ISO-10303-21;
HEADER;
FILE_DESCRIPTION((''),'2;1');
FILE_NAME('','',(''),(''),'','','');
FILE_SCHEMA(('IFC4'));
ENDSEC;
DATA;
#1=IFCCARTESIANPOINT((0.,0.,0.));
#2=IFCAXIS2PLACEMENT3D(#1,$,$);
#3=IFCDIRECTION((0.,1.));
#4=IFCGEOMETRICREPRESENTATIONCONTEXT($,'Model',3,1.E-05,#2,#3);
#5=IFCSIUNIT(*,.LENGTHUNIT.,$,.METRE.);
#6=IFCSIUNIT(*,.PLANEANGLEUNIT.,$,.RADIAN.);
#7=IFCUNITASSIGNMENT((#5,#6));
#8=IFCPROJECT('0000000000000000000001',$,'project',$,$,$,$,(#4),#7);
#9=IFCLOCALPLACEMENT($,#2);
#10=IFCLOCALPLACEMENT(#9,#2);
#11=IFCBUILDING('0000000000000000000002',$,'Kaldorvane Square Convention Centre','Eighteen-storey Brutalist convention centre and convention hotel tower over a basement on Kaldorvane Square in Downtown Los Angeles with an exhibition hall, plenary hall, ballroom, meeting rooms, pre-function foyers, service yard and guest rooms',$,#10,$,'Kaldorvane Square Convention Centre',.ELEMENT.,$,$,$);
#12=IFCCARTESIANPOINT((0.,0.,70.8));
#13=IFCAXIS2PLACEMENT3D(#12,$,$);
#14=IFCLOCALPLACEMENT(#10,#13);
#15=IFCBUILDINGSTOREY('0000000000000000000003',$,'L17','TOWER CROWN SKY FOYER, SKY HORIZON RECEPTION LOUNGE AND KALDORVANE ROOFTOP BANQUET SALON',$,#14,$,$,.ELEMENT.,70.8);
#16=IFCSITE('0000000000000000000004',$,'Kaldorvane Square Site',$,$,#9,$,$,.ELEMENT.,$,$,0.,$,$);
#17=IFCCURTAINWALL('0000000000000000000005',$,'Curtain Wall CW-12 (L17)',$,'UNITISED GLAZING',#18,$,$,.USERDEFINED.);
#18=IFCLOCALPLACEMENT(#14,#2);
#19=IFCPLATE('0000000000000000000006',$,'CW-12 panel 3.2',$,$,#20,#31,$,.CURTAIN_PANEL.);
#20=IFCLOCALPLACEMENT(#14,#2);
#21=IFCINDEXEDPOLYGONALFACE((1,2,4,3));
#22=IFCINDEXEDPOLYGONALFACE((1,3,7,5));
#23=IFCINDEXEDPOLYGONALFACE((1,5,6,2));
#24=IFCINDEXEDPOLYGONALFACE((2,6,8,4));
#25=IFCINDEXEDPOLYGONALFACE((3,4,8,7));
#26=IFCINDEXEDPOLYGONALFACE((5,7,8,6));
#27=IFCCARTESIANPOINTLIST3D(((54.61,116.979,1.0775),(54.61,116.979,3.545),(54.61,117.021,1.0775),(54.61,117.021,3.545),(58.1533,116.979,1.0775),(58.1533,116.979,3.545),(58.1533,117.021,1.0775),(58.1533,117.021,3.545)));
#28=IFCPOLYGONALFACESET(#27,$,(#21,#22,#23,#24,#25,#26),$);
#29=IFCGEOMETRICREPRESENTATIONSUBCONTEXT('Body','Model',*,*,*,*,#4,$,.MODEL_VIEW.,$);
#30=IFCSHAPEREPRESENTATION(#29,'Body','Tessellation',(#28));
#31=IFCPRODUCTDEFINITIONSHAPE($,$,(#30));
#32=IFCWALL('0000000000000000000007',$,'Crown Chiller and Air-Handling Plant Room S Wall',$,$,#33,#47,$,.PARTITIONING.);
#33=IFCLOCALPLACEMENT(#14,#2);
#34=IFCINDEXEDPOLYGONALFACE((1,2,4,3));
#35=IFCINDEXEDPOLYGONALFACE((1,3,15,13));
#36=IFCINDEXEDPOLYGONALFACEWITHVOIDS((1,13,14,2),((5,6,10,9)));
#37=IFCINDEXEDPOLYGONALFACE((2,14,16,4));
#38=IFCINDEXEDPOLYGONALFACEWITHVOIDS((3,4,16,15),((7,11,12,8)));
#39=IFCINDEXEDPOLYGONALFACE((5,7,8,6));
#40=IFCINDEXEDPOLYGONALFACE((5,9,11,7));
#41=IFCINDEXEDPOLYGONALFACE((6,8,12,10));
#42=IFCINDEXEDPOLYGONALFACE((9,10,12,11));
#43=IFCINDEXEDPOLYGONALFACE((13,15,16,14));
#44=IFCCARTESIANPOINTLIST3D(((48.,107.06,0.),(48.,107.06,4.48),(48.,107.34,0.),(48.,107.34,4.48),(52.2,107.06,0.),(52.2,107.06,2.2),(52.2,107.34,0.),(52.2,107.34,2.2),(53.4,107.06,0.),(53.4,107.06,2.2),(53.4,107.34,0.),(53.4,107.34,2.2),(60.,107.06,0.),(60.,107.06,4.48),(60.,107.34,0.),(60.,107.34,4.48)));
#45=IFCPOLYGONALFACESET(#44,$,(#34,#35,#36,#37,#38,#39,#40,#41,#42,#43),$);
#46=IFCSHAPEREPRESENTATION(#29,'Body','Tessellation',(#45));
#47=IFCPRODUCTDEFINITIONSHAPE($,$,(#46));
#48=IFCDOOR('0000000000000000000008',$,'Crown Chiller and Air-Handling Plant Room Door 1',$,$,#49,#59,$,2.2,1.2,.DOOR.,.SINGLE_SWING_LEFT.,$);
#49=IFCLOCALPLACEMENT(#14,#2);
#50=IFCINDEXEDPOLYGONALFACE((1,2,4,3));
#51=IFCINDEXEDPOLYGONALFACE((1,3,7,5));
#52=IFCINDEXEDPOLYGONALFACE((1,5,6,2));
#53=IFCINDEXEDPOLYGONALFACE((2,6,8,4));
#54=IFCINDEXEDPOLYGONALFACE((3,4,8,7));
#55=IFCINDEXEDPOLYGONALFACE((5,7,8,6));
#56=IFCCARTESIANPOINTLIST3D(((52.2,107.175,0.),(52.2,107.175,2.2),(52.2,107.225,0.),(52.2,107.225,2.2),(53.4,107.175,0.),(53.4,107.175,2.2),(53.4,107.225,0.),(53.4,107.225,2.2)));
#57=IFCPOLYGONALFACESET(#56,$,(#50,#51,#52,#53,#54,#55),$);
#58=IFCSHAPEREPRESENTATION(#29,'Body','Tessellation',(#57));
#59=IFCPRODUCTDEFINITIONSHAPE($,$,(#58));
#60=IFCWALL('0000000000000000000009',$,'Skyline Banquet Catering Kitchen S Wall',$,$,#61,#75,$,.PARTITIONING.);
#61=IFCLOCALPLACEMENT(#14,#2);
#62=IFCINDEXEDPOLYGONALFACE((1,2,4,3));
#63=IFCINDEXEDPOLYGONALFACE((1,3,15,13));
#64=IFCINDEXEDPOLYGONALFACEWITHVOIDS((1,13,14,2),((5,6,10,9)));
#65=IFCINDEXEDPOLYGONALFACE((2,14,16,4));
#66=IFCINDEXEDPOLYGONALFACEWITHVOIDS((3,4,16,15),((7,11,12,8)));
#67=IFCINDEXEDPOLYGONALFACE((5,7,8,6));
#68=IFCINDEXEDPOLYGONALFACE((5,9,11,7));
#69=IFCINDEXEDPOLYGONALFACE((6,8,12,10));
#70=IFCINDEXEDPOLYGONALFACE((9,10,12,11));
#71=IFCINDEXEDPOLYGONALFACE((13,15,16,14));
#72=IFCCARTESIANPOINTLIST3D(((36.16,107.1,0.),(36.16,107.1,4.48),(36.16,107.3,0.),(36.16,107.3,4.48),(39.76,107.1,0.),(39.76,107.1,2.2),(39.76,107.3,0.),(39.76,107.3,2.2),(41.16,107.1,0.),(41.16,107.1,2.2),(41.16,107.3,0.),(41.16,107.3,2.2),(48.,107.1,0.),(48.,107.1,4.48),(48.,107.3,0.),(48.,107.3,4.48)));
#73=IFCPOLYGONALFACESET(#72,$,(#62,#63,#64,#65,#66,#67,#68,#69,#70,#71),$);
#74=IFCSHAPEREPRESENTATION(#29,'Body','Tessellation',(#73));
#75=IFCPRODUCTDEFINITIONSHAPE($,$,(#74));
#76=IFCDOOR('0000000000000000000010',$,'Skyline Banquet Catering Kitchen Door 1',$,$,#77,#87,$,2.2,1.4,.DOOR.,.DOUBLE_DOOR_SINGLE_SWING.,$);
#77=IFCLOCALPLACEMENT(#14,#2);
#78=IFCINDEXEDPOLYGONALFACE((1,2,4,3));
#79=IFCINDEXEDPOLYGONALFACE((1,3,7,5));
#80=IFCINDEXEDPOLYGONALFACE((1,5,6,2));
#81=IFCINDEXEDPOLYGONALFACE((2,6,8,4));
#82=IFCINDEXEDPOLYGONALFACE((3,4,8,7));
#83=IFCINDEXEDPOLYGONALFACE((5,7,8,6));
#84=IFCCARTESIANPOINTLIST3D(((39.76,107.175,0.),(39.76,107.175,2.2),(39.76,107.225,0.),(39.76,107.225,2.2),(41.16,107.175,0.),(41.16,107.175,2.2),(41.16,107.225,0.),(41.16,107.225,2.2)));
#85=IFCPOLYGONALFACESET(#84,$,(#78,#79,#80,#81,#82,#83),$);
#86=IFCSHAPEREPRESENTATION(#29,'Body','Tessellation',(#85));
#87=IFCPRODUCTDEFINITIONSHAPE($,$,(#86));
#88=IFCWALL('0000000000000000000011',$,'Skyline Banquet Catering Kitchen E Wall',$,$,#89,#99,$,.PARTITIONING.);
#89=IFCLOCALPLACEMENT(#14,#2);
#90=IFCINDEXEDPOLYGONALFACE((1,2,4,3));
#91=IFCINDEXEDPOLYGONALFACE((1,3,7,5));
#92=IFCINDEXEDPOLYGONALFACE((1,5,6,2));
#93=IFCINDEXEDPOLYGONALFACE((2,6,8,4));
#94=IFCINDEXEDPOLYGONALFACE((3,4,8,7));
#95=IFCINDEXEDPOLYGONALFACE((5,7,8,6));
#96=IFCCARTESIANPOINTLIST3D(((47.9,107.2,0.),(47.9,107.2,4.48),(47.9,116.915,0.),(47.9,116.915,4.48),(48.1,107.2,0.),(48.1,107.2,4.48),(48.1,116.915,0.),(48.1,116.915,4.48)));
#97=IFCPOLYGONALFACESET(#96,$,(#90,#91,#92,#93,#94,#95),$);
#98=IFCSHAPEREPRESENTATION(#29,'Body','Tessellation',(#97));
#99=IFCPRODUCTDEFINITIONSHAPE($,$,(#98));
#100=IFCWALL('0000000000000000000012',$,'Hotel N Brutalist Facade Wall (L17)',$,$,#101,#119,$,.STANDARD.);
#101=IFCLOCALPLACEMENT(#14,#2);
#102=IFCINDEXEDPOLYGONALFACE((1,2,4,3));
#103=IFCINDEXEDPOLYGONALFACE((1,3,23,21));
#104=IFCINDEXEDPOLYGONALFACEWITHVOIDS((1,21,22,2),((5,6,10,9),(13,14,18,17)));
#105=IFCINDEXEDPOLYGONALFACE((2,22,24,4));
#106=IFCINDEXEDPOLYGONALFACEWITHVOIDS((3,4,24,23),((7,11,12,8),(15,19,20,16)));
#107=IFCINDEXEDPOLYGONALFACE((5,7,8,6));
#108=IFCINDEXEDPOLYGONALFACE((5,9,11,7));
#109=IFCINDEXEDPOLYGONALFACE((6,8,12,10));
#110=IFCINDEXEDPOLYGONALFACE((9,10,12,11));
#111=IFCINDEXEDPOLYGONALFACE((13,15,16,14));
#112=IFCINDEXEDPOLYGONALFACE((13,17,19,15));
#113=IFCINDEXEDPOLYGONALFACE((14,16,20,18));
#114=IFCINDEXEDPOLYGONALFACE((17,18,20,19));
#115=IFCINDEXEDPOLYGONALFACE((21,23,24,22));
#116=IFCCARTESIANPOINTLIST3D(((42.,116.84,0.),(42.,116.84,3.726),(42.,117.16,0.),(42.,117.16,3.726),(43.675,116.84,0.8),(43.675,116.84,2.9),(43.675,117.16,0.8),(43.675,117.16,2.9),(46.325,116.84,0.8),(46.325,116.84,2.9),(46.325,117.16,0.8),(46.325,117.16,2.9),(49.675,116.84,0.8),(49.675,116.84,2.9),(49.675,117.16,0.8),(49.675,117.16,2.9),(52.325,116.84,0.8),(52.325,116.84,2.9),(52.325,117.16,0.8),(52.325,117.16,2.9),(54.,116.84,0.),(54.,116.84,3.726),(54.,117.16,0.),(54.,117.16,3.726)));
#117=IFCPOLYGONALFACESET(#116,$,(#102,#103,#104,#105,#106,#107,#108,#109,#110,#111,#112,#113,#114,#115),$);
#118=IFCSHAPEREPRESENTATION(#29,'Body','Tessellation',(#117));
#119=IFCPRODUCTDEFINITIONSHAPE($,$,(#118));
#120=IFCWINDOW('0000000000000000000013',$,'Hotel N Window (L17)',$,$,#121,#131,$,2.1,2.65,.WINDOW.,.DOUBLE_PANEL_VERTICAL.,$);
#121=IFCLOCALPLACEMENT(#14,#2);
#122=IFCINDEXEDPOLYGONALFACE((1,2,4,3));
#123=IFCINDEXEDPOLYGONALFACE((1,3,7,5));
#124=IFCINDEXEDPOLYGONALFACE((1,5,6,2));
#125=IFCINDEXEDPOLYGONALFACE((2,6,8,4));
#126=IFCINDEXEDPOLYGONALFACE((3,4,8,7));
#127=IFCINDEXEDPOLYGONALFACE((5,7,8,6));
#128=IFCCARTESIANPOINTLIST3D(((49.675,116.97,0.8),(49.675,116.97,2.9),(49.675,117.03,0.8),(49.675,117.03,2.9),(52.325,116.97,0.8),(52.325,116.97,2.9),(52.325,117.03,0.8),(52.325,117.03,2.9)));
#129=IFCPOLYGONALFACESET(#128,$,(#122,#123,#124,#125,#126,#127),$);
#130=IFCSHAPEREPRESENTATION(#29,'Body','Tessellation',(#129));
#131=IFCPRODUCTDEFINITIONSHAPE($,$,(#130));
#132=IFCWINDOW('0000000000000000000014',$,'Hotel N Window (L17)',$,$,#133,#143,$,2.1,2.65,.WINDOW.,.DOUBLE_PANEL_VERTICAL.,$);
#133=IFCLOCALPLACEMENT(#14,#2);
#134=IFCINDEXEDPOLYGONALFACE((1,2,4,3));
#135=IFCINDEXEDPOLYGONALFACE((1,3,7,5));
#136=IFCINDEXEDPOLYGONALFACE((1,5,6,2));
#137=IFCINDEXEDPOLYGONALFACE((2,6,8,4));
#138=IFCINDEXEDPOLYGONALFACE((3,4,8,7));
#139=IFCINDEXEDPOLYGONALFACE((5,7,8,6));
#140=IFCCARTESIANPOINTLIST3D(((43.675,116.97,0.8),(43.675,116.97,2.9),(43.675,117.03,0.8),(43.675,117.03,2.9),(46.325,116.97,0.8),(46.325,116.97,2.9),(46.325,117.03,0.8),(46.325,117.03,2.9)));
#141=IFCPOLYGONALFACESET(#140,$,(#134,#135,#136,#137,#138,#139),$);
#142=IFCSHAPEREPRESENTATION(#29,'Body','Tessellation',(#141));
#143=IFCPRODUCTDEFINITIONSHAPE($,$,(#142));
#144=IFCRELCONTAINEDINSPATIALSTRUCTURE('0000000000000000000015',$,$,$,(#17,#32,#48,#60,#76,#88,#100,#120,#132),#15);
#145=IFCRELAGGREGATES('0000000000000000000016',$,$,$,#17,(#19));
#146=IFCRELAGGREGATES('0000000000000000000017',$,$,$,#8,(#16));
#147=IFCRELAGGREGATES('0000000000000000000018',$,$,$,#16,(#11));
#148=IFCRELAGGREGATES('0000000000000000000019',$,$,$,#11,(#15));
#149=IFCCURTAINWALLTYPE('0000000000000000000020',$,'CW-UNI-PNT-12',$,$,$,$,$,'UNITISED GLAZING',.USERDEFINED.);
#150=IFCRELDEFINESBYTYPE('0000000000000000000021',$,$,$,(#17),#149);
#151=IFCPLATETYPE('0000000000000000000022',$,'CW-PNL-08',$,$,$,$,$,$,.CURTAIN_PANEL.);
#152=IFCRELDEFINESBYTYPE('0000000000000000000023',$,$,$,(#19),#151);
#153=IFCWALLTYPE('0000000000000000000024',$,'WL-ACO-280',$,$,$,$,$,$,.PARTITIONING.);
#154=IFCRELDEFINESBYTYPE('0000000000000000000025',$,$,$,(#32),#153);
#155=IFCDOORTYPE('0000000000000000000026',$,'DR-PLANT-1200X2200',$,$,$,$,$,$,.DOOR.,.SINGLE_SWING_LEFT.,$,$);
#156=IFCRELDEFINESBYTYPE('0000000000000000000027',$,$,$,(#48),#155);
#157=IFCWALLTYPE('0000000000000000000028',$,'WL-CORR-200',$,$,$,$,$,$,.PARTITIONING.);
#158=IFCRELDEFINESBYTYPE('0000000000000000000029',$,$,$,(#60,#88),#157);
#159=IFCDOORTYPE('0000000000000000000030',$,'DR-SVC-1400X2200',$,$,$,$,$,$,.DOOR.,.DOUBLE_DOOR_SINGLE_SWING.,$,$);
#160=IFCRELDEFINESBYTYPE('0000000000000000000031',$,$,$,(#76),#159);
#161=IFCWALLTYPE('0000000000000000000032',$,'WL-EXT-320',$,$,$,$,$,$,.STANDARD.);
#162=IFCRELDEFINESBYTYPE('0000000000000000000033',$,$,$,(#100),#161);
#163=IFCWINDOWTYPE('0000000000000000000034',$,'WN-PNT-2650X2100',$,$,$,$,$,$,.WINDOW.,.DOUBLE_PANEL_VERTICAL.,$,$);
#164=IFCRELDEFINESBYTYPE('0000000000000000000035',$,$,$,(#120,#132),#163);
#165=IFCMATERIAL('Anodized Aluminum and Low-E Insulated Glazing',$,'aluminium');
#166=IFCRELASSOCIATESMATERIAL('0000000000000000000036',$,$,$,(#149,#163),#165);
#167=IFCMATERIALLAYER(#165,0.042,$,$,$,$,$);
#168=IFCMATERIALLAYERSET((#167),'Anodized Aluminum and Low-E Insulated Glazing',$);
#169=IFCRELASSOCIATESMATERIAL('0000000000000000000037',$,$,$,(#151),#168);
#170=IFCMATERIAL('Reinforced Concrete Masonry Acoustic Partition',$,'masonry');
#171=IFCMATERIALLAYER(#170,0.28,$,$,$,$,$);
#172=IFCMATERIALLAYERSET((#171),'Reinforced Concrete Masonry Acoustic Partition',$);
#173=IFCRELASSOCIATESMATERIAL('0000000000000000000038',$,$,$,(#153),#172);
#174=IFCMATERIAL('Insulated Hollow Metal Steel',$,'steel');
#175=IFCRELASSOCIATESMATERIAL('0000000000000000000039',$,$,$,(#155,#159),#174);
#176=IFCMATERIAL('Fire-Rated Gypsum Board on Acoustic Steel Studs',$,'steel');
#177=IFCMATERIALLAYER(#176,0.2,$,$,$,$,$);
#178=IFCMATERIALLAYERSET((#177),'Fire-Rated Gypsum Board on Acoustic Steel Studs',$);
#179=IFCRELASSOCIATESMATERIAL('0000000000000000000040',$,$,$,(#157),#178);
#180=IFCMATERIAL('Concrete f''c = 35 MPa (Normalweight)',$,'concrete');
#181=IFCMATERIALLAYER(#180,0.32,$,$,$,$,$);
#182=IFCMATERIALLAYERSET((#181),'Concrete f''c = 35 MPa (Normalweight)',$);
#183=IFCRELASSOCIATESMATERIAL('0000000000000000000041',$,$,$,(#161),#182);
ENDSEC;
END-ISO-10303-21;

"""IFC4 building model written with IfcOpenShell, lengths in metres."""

from ifc_helpers import new_model, si_unit, direction, frame, frame_2d, origin, origin_2d, place, context, subcontext, project, spatial, rectangle, extrude, material, layer, layer_set, type_object, element, fill, aggregate, save


model = new_model("IFC4")

# Units and contexts
model_context = context("Model", 3, precision=1e-05, world=origin(), true_north=direction((0.0, 1.0)))
body_context = subcontext(model_context, "Body", "Model", "MODEL_VIEW")
ifc_project = project(units=[si_unit("LENGTHUNIT", "METRE"), si_unit("PLANEANGLEUNIT", "RADIAN")], contexts=[model_context])

# Site, building, storey
site_placement = place(None, origin())
site = spatial("IfcSite", under=ifc_project, at=site_placement, Name="Kaldorvane Square Site", CompositionType="ELEMENT", RefElevation=0.0)
building_placement = place(site_placement, origin())
building = spatial("IfcBuilding", under=site, at=building_placement, Name="Kaldorvane Square Convention Centre", Description="Eighteen-storey Brutalist convention centre and convention hotel tower over a basement on Kaldorvane Square in Downtown Los Angeles with an exhibition hall, plenary hall, ballroom, meeting rooms, pre-function foyers, service yard and guest rooms", LongName="Kaldorvane Square Convention Centre", CompositionType="ELEMENT")
storey_placement = place(building_placement, frame((0.0, 0.0, 70.8)))
storey = spatial("IfcBuildingStorey", under=building, at=storey_placement, Name="L17", Description="TOWER CROWN SKY FOYER, SKY HORIZON RECEPTION LOUNGE AND KALDORVANE ROOFTOP BANQUET SALON", CompositionType="ELEMENT", Elevation=70.8)

# Shared definitions
ifc_material_1 = material(Name="Anodized Aluminum and Low-E Insulated Glazing", Category="aluminium")

# Curtain wall
curtain_wall_type_1 = type_object("IfcCurtainWallType", Name="CW-UNI-PNT-12", ElementType="UNITISED GLAZING", PredefinedType="USERDEFINED", material=ifc_material_1)
curtain_wall_1_placement = place(storey_placement, origin())
curtain_wall_1 = element("IfcCurtainWall", 1, at=curtain_wall_1_placement, inside=storey, type_object=curtain_wall_type_1, Name="Curtain Wall CW-12 (L17)", ObjectType="UNITISED GLAZING", PredefinedType="USERDEFINED")

# Plate
ifc_layer_1 = layer(ifc_material_1, 0.042)
ifc_layer_set_1 = layer_set([ifc_layer_1], Name="Anodized Aluminum and Low-E Insulated Glazing")
plate_type = type_object("IfcPlateType", Name="CW-PNL-08", PredefinedType="CURTAIN_PANEL", material=ifc_layer_set_1)
plate_1_placement = place(storey_placement, frame((56.3817, 117.0, 1.0775), z_axis=(0.0, 0.0, 1.0), x_axis=(-1.0, 0.0, 0.0)))
plate_1 = element("IfcPlate", 2, at=plate_1_placement, type_object=plate_type, Name="CW-12 panel 3.2", PredefinedType="CURTAIN_PANEL", context=body_context, shape_type="SweptSolid", body=[
    extrude(rectangle(XDim=3.5433, YDim=0.042, at=origin_2d()), origin(), (0.0, 0.0, 1.0), 2.4675),
])
aggregate(curtain_wall_1, [plate_1])

# Walls, openings, doors
ifc_material_2 = material(Name="Reinforced Concrete Masonry Acoustic Partition", Category="masonry")
ifc_layer_2 = layer(ifc_material_2, 0.28)
ifc_layer_set_2 = layer_set([ifc_layer_2], Name="Reinforced Concrete Masonry Acoustic Partition")
wall_type_1 = type_object("IfcWallType", Name="WL-ACO-280", PredefinedType="PARTITIONING", material=ifc_layer_set_2)
wall_1_placement = place(storey_placement, frame((48.0, 107.2, 0.0), z_axis=(0.0, 0.0, 1.0), x_axis=(1.0, 0.0, 0.0)))
wall_1 = element("IfcWall", 3, at=wall_1_placement, inside=storey, type_object=wall_type_1, Name="Crown Chiller and Air-Handling Plant Room S Wall", PredefinedType="PARTITIONING", context=body_context, shape_type="SweptSolid", body=[
    extrude(rectangle(XDim=12.0, YDim=0.28, at=frame_2d((6.0, 0.0))), origin(), (0.0, 0.0, 1.0), 4.48),
])
opening_1_placement = place(wall_1_placement, frame((4.2, 0.0, 0.0)))
opening_1 = element("IfcOpeningElement", 4, at=opening_1_placement, cuts=wall_1, PredefinedType="OPENING", context=body_context, shape_type="SweptSolid", body=[
    extrude(rectangle(XDim=1.2, YDim=2.2, at=frame_2d((0.6, 1.1))), frame((0.0, 0.155, 0.0), z_axis=(0.0, -1.0, 0.0), x_axis=(1.0, 0.0, 0.0)), (0.0, 0.0, 1.0), 0.31),
])
ifc_material_3 = material(Name="Insulated Hollow Metal Steel", Category="steel")
door_type_1 = type_object("IfcDoorType", Name="DR-PLANT-1200X2200", OperationType="SINGLE_SWING_LEFT", PredefinedType="DOOR", material=ifc_material_3)
door_1_placement = place(opening_1_placement, origin())
door_1 = element("IfcDoor", 5, at=door_1_placement, inside=storey, type_object=door_type_1, Name="Crown Chiller and Air-Handling Plant Room Door 1", OperationType="SINGLE_SWING_LEFT", OverallHeight=2.2, OverallWidth=1.2, PredefinedType="DOOR", context=body_context, shape_type="SweptSolid", body=[
    extrude(rectangle(XDim=1.2, YDim=2.2, at=frame_2d((0.6, 1.1))), frame((0.0, 0.025, 0.0), z_axis=(0.0, -1.0, 0.0), x_axis=(1.0, 0.0, 0.0)), (0.0, 0.0, 1.0), 0.05),
])
fill(opening_1, door_1)
ifc_material_4 = material(Name="Fire-Rated Gypsum Board on Acoustic Steel Studs", Category="steel")
ifc_layer_3 = layer(ifc_material_4, 0.2)
ifc_layer_set_3 = layer_set([ifc_layer_3], Name="Fire-Rated Gypsum Board on Acoustic Steel Studs")
wall_type_2 = type_object("IfcWallType", Name="WL-CORR-200", PredefinedType="PARTITIONING", material=ifc_layer_set_3)
wall_2_placement = place(storey_placement, frame((36.16, 107.2, 0.0), z_axis=(0.0, 0.0, 1.0), x_axis=(1.0, 0.0, 0.0)))
wall_2 = element("IfcWall", 6, at=wall_2_placement, inside=storey, type_object=wall_type_2, Name="Skyline Banquet Catering Kitchen S Wall", PredefinedType="PARTITIONING", context=body_context, shape_type="SweptSolid", body=[
    extrude(rectangle(XDim=11.84, YDim=0.2, at=frame_2d((5.92, 0.0))), origin(), (0.0, 0.0, 1.0), 4.48),
])
opening_2_placement = place(wall_2_placement, frame((3.6, 0.0, 0.0)))
opening_2 = element("IfcOpeningElement", 7, at=opening_2_placement, cuts=wall_2, PredefinedType="OPENING", context=body_context, shape_type="SweptSolid", body=[
    extrude(rectangle(XDim=1.4, YDim=2.2, at=frame_2d((0.7, 1.1))), frame((0.0, 0.115, 0.0), z_axis=(0.0, -1.0, 0.0), x_axis=(1.0, 0.0, 0.0)), (0.0, 0.0, 1.0), 0.23),
])
door_type_2 = type_object("IfcDoorType", Name="DR-SVC-1400X2200", OperationType="DOUBLE_DOOR_SINGLE_SWING", PredefinedType="DOOR", material=ifc_material_3)
door_2_placement = place(opening_2_placement, origin())
door_2 = element("IfcDoor", 8, at=door_2_placement, inside=storey, type_object=door_type_2, Name="Skyline Banquet Catering Kitchen Door 1", OperationType="DOUBLE_DOOR_SINGLE_SWING", OverallHeight=2.2, OverallWidth=1.4, PredefinedType="DOOR", context=body_context, shape_type="SweptSolid", body=[
    extrude(rectangle(XDim=1.4, YDim=2.2, at=frame_2d((0.7, 1.1))), frame((0.0, 0.025, 0.0), z_axis=(0.0, -1.0, 0.0), x_axis=(1.0, 0.0, 0.0)), (0.0, 0.0, 1.0), 0.05),
])
fill(opening_2, door_2)

# Wall
wall_3_placement = place(storey_placement, frame((48.0, 107.2, 0.0), z_axis=(0.0, 0.0, 1.0), x_axis=(0.0, 1.0, 0.0)))
element("IfcWall", 9, at=wall_3_placement, inside=storey, type_object=wall_type_2, Name="Skyline Banquet Catering Kitchen E Wall", PredefinedType="PARTITIONING", context=body_context, shape_type="SweptSolid", body=[
    extrude(rectangle(XDim=9.715, YDim=0.2, at=frame_2d((4.8575, 0.0))), origin(), (0.0, 0.0, 1.0), 4.48),
])

# Wall, openings, windows
ifc_material_5 = material(Name="Concrete f'c = 35 MPa (Normalweight)", Category="concrete")
ifc_layer_4 = layer(ifc_material_5, 0.32)
ifc_layer_set_4 = layer_set([ifc_layer_4], Name="Concrete f'c = 35 MPa (Normalweight)")
wall_type_3 = type_object("IfcWallType", Name="WL-EXT-320", PredefinedType="STANDARD", material=ifc_layer_set_4)
wall_4_placement = place(storey_placement, frame((54.0, 117.0, 0.0), z_axis=(0.0, 0.0, 1.0), x_axis=(-1.0, 0.0, 0.0)))
wall_4 = element("IfcWall", 10, at=wall_4_placement, inside=storey, type_object=wall_type_3, Name="Hotel N Brutalist Facade Wall (L17)", PredefinedType="STANDARD", context=body_context, shape_type="SweptSolid", body=[
    extrude(rectangle(XDim=12.0, YDim=0.32, at=frame_2d((6.0, 0.0))), origin(), (0.0, 0.0, 1.0), 3.726),
])
opening_3_placement = place(wall_4_placement, frame((1.675, 0.0, 0.8)))
opening_3 = element("IfcOpeningElement", 11, at=opening_3_placement, cuts=wall_4, PredefinedType="OPENING", context=body_context, shape_type="SweptSolid", body=[
    extrude(rectangle(XDim=2.65, YDim=2.1, at=frame_2d((1.325, 1.05))), frame((0.0, 0.175, 0.0), z_axis=(0.0, -1.0, 0.0), x_axis=(1.0, 0.0, 0.0)), (0.0, 0.0, 1.0), 0.35),
])
opening_4_placement = place(wall_4_placement, frame((7.675, 0.0, 0.8)))
opening_4 = element("IfcOpeningElement", 12, at=opening_4_placement, cuts=wall_4, PredefinedType="OPENING", context=body_context, shape_type="SweptSolid", body=[
    extrude(rectangle(XDim=2.65, YDim=2.1, at=frame_2d((1.325, 1.05))), frame((0.0, 0.175, 0.0), z_axis=(0.0, -1.0, 0.0), x_axis=(1.0, 0.0, 0.0)), (0.0, 0.0, 1.0), 0.35),
])
window_type_1 = type_object("IfcWindowType", Name="WN-PNT-2650X2100", PartitioningType="DOUBLE_PANEL_VERTICAL", PredefinedType="WINDOW", material=ifc_material_1)
window_1_placement = place(opening_3_placement, origin())
window_1 = element("IfcWindow", 13, at=window_1_placement, inside=storey, type_object=window_type_1, Name="Hotel N Window (L17)", OverallHeight=2.1, OverallWidth=2.65, PartitioningType="DOUBLE_PANEL_VERTICAL", PredefinedType="WINDOW", context=body_context, shape_type="SweptSolid", body=[
    extrude(rectangle(XDim=2.65, YDim=2.1, at=frame_2d((1.325, 1.05))), frame((0.0, 0.03, 0.0), z_axis=(0.0, -1.0, 0.0), x_axis=(1.0, 0.0, 0.0)), (0.0, 0.0, 1.0), 0.06),
])
fill(opening_3, window_1)
window_2_placement = place(opening_4_placement, origin())
window_2 = element("IfcWindow", 14, at=window_2_placement, inside=storey, type_object=window_type_1, Name="Hotel N Window (L17)", OverallHeight=2.1, OverallWidth=2.65, PartitioningType="DOUBLE_PANEL_VERTICAL", PredefinedType="WINDOW", context=body_context, shape_type="SweptSolid", body=[
    extrude(rectangle(XDim=2.65, YDim=2.1, at=frame_2d((1.325, 1.05))), frame((0.0, 0.03, 0.0), z_axis=(0.0, -1.0, 0.0), x_axis=(1.0, 0.0, 0.0)), (0.0, 0.0, 1.0), 0.06),
])
fill(opening_4, window_2)

save(model, "model.ifc")
